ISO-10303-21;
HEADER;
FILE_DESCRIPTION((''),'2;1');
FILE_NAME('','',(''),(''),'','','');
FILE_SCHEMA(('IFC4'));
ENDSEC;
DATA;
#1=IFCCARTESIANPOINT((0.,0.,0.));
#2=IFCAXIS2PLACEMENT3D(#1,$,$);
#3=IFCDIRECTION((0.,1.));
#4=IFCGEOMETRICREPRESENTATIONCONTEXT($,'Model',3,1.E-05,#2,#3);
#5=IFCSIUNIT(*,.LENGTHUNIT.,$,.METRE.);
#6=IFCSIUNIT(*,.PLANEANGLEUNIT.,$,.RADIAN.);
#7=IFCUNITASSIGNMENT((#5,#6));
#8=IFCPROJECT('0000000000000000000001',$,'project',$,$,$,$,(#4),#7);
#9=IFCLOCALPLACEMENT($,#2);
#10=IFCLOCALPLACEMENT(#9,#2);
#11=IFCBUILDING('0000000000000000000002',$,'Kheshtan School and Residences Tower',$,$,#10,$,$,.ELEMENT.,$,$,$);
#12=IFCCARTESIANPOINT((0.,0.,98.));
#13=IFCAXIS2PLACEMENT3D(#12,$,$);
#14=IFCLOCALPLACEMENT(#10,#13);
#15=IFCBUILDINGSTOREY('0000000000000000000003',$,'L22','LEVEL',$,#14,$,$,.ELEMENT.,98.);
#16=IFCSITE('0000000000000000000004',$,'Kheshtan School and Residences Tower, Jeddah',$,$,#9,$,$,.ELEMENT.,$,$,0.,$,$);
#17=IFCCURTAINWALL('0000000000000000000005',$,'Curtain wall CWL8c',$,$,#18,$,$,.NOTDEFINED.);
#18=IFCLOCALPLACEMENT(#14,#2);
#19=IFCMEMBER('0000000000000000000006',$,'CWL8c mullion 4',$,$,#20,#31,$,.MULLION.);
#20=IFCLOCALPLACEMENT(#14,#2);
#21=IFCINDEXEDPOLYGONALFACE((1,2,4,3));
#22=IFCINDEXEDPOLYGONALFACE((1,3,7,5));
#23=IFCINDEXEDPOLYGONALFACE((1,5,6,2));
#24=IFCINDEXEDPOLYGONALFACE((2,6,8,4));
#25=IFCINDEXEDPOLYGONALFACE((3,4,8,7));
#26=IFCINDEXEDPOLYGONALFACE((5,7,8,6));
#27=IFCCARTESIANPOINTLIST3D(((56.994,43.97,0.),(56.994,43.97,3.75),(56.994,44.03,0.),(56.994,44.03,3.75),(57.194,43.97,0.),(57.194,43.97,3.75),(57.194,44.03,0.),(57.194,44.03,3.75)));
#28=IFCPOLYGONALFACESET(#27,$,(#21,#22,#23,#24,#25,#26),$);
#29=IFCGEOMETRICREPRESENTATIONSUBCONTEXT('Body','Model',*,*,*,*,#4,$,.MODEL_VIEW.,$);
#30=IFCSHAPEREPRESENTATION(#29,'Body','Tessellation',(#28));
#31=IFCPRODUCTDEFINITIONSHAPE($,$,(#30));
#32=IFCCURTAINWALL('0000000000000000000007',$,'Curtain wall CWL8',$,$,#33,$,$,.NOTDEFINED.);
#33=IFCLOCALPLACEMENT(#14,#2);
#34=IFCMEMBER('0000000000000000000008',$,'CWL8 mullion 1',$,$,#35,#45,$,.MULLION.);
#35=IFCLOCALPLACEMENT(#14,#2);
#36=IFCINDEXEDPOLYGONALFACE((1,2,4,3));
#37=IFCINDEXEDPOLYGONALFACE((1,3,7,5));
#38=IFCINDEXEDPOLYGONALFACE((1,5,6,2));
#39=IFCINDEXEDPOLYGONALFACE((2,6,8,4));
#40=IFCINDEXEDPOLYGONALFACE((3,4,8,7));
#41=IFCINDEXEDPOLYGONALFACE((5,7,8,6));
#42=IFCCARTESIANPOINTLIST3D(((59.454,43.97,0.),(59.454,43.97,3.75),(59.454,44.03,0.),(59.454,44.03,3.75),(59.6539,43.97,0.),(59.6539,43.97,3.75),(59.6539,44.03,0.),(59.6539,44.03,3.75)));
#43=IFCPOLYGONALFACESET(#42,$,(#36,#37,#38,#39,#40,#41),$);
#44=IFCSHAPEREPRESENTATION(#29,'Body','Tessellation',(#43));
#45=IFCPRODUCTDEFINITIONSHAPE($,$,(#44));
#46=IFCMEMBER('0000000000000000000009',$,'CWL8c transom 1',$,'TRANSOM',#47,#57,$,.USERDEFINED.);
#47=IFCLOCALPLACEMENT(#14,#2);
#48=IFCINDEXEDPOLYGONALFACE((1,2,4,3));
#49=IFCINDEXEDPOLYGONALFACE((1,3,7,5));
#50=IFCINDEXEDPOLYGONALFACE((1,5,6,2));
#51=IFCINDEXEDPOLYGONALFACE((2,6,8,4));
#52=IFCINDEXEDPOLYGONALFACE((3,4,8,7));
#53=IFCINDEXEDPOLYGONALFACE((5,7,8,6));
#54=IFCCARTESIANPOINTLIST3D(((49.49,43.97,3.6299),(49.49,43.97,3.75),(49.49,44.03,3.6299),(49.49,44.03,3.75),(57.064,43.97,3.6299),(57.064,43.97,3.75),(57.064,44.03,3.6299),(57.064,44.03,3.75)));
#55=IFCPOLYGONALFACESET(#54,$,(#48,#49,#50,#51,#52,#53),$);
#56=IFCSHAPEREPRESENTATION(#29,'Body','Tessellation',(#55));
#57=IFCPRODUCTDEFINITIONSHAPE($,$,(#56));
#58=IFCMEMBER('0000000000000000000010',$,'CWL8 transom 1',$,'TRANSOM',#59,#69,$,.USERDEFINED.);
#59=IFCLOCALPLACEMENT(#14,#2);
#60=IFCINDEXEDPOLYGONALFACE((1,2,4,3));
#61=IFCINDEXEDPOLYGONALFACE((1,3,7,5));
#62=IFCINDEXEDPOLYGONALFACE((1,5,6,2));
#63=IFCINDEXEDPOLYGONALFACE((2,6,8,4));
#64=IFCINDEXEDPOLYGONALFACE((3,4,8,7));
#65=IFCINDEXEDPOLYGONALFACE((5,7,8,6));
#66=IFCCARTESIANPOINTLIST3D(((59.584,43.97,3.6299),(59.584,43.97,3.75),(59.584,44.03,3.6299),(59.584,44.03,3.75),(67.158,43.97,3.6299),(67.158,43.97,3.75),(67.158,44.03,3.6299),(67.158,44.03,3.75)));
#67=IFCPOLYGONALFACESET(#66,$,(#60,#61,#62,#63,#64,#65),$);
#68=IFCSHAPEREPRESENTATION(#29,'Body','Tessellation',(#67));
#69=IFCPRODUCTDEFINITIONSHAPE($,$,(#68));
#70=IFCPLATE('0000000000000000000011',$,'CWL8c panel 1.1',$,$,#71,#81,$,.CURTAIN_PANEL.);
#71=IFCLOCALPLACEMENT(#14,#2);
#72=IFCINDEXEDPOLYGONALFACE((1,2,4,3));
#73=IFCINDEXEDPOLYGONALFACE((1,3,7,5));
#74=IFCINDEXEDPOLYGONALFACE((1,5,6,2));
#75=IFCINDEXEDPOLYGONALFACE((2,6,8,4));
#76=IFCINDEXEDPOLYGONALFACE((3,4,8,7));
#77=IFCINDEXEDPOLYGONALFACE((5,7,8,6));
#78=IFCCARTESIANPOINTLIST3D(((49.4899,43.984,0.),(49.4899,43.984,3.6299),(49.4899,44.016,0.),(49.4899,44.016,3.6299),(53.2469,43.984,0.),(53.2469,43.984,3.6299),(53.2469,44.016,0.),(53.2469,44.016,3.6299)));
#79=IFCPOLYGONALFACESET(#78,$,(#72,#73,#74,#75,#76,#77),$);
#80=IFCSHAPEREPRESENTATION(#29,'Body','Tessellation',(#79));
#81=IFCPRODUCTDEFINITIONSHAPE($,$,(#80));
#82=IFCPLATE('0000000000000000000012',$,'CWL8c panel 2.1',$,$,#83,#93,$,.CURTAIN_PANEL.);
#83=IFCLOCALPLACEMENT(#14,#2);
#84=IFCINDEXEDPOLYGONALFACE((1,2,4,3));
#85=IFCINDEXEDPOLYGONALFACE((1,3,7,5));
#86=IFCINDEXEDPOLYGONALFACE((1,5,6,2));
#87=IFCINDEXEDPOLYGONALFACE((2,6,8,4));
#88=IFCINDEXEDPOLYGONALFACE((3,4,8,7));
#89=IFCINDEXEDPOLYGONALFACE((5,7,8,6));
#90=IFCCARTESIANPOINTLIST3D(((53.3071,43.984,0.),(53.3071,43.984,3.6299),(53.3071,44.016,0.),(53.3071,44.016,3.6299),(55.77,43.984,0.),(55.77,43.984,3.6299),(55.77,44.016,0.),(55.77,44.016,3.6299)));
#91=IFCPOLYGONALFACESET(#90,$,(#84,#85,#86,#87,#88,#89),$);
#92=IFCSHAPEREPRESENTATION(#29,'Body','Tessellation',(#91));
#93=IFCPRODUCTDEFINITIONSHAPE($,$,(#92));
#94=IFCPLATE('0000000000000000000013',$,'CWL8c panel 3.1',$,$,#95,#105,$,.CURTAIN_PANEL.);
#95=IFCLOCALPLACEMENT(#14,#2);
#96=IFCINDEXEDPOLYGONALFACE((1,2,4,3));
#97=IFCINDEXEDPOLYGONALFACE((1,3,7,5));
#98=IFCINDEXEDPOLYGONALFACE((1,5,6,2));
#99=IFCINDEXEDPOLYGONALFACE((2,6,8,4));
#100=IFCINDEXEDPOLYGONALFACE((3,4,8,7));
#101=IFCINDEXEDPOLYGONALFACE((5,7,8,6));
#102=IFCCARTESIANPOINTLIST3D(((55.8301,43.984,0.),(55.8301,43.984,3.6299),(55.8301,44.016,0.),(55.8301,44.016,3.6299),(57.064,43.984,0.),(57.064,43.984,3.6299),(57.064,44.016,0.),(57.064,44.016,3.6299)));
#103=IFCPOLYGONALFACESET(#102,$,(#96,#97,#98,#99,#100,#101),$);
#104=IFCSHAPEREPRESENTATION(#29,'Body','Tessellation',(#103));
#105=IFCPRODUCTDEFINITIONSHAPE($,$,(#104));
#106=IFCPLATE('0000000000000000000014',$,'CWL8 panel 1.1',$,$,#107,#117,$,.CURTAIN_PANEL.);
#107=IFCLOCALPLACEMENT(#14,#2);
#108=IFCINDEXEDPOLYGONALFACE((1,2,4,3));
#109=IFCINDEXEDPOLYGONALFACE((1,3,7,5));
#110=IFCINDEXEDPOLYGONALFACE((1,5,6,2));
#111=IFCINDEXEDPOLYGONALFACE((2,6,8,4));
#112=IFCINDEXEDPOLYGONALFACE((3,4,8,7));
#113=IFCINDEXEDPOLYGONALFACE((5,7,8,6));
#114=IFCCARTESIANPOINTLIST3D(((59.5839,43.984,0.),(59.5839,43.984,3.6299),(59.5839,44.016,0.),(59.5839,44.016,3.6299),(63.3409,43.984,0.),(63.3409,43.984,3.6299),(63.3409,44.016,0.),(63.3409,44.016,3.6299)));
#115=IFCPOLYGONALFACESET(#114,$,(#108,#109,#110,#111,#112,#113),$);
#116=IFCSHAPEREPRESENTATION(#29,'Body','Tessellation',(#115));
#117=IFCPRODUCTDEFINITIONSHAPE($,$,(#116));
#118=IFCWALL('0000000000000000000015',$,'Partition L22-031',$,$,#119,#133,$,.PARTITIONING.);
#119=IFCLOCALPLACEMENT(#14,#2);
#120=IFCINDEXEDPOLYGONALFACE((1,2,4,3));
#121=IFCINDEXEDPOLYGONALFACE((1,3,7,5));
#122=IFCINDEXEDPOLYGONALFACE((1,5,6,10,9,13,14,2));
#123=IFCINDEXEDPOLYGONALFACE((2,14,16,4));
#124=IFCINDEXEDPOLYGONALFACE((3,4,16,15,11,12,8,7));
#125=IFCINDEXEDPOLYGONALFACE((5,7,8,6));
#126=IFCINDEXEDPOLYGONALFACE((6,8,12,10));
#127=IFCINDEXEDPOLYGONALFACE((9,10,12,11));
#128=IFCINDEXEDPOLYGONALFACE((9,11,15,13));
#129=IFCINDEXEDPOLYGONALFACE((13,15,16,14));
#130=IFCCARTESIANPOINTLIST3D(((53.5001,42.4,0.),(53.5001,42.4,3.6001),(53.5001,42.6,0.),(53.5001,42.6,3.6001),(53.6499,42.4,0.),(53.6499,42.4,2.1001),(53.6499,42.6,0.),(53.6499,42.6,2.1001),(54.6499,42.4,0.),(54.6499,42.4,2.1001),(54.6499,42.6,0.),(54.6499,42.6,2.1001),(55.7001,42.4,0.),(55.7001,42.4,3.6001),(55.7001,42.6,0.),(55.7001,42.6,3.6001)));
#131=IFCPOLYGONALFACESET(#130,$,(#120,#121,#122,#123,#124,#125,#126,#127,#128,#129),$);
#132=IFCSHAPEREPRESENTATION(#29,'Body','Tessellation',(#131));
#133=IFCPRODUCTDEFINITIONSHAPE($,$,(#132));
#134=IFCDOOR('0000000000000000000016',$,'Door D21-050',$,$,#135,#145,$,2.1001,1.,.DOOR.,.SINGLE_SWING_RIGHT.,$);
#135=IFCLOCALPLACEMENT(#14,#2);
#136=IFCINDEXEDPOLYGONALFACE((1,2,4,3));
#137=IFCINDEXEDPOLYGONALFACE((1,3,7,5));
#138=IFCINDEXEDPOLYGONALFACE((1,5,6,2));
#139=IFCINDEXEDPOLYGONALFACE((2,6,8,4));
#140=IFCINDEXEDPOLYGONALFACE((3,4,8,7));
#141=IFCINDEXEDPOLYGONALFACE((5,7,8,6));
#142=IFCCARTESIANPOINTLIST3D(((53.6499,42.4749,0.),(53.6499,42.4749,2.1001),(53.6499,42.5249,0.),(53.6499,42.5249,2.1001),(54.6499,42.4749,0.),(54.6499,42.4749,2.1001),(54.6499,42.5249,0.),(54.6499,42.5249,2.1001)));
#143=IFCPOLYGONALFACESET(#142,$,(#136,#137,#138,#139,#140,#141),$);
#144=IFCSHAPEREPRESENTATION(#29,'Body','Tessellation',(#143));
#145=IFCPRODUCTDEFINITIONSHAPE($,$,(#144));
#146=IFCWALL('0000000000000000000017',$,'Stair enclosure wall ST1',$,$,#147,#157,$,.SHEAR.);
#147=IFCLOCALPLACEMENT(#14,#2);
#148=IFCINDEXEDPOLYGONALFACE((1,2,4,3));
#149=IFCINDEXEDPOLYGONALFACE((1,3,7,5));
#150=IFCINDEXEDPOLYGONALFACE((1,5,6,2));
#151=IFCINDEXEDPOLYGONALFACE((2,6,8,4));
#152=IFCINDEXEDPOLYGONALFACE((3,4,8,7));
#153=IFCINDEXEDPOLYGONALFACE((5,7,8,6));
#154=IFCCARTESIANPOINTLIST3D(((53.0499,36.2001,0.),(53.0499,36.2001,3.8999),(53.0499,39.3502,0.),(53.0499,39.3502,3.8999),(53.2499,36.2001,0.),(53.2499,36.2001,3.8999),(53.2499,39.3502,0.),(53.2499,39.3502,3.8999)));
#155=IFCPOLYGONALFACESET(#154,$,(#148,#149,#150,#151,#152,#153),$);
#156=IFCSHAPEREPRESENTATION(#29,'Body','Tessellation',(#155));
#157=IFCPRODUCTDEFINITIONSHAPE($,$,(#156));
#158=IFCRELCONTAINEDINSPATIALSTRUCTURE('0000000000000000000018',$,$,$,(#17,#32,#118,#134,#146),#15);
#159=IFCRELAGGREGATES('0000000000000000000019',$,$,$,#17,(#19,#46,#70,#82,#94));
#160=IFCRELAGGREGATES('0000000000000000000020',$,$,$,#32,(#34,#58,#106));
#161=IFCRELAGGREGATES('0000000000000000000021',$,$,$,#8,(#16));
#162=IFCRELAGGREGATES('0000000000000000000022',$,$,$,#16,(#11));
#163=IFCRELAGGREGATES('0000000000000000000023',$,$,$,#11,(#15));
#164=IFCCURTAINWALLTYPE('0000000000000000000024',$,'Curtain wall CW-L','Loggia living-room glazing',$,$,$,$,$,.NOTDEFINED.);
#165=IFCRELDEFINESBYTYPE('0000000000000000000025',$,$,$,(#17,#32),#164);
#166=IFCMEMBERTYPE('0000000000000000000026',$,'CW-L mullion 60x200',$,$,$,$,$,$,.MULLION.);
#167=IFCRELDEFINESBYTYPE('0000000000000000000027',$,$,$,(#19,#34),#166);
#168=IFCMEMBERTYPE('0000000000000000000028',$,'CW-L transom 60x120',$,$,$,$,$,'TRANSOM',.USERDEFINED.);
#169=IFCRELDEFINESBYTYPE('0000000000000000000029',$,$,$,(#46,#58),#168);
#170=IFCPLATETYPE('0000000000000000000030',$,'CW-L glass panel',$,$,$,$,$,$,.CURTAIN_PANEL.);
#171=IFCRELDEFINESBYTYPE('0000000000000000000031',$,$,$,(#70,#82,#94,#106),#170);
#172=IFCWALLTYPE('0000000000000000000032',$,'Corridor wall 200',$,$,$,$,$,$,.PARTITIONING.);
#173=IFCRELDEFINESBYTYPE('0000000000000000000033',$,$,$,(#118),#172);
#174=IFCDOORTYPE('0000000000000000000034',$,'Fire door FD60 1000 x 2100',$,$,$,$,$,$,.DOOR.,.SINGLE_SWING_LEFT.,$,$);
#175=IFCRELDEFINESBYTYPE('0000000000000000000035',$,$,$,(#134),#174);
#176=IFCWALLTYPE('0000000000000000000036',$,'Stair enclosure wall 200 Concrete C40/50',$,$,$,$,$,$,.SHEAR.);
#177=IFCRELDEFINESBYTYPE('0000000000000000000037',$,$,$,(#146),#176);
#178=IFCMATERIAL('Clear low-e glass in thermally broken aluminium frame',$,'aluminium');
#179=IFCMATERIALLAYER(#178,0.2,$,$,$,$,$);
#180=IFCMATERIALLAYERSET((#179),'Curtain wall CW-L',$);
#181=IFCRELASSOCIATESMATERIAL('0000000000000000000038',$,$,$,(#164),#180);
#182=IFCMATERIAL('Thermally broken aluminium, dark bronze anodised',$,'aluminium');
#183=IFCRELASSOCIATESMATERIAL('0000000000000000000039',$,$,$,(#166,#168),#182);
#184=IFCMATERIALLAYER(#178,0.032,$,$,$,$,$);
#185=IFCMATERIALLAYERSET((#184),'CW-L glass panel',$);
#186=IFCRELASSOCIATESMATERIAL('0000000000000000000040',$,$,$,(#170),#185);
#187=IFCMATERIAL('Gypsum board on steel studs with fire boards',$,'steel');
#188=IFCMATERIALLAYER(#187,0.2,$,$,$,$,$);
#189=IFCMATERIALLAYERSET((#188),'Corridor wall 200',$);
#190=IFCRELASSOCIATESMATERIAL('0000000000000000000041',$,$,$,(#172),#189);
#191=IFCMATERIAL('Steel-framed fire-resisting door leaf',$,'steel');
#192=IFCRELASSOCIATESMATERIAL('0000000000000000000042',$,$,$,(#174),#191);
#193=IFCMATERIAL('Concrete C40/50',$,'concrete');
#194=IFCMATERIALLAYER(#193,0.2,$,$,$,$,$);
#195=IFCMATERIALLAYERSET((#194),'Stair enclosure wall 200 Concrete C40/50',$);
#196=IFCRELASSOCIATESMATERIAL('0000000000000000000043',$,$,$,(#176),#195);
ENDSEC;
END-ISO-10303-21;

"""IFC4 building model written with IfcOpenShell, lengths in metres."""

from ifc_helpers import new_model, si_unit, direction, frame, frame_2d, origin, origin_2d, place, context, subcontext, project, spatial, rectangle, extrude, source, transform, mapped, material, layer, layer_set, material_profile, profile_set, type_object, element, fill, aggregate, save


model = new_model("IFC4")

# Units and contexts
model_context = context("Model", 3, precision=1e-05, world=origin(), true_north=direction((0.0, 1.0)))
body_context = subcontext(model_context, "Body", "Model", "MODEL_VIEW")
ifc_project = project(units=[si_unit("LENGTHUNIT", "METRE"), si_unit("PLANEANGLEUNIT", "RADIAN")], contexts=[model_context])

# Site, building, storey
site_placement = place(None, origin())
site = spatial("IfcSite", under=ifc_project, at=site_placement, Name="Kheshtan School and Residences Tower, Jeddah", CompositionType="ELEMENT", RefElevation=0.0)
building_placement = place(site_placement, origin())
building = spatial("IfcBuilding", under=site, at=building_placement, Name="Kheshtan School and Residences Tower", CompositionType="ELEMENT")
storey_placement = place(building_placement, frame((0.0, 0.0, 98.0)))
storey = spatial("IfcBuildingStorey", under=building, at=storey_placement, Name="L22", Description="LEVEL", CompositionType="ELEMENT", Elevation=98.0)

# Curtain wall, member
ifc_material_1 = material(Name="Clear low-e glass in thermally broken aluminium frame", Category="aluminium")
ifc_layer_1 = layer(ifc_material_1, 0.2)
ifc_layer_set_1 = layer_set([ifc_layer_1], Name="Curtain wall CW-L")
curtain_wall_type = type_object("IfcCurtainWallType", Name="Curtain wall CW-L", Description="Loggia living-room glazing", PredefinedType="NOTDEFINED", material=ifc_layer_set_1)
curtain_wall_1_placement = place(storey_placement, origin())
curtain_wall_1 = element("IfcCurtainWall", 1, at=curtain_wall_1_placement, inside=storey, type_object=curtain_wall_type, Name="Curtain wall CWL8c", PredefinedType="NOTDEFINED")
ifc_material_2 = material(Name="Thermally broken aluminium, dark bronze anodised", Category="aluminium")
ifc_material_profile_1 = material_profile(ifc_material_2, rectangle(XDim=0.0601, YDim=0.2, at=origin_2d()), Name="CW-L mullion 60x200")
ifc_profile_set_1 = profile_set([ifc_material_profile_1], Name="Thermally broken aluminium, dark bronze anodised")
member_type_1 = type_object("IfcMemberType", Name="CW-L mullion 60x200", PredefinedType="MULLION", material=ifc_profile_set_1)
member_1_placement = place(storey_placement, frame((57.094, 44.0, 0.0), z_axis=(0.0, 0.0, 1.0), x_axis=(0.0, 1.0, 0.0)))
member_1 = element("IfcMember", 2, at=member_1_placement, type_object=member_type_1, Name="CWL8c mullion 4", PredefinedType="MULLION", context=body_context, shape_type="SweptSolid", body=[
    extrude(rectangle(XDim=0.0601, YDim=0.2, at=origin_2d()), origin(), (0.0, 0.0, 1.0), 3.75),
])

# Curtain wall, member
curtain_wall_2_placement = place(storey_placement, origin())
curtain_wall_2 = element("IfcCurtainWall", 3, at=curtain_wall_2_placement, inside=storey, type_object=curtain_wall_type, Name="Curtain wall CWL8", PredefinedType="NOTDEFINED")
member_2_placement = place(storey_placement, frame((59.554, 44.0, 0.0), z_axis=(0.0, 0.0, 1.0), x_axis=(0.0, 1.0, 0.0)))
member_2 = element("IfcMember", 4, at=member_2_placement, type_object=member_type_1, Name="CWL8 mullion 1", PredefinedType="MULLION", context=body_context, shape_type="SweptSolid", body=[
    extrude(rectangle(XDim=0.0601, YDim=0.2, at=origin_2d()), origin(), (0.0, 0.0, 1.0), 3.75),
])

# Members
ifc_material_profile_2 = material_profile(ifc_material_2, rectangle(XDim=0.0601, YDim=0.1201, at=origin_2d()), Name="CW-L transom 60x120")
ifc_profile_set_2 = profile_set([ifc_material_profile_2], Name="Thermally broken aluminium, dark bronze anodised")
member_type_2 = type_object("IfcMemberType", Name="CW-L transom 60x120", ElementType="TRANSOM", PredefinedType="USERDEFINED", material=ifc_profile_set_2)
member_3_placement = place(storey_placement, frame((49.49, 44.0, 3.6899), z_axis=(1.0, 0.0, 0.0), x_axis=(0.0, 1.0, 0.0)))
member_3 = element("IfcMember", 5, at=member_3_placement, type_object=member_type_2, Name="CWL8c transom 1", ObjectType="TRANSOM", PredefinedType="USERDEFINED", context=body_context, shape_type="SweptSolid", body=[
    extrude(rectangle(XDim=0.0601, YDim=0.1201, at=origin_2d()), origin(), (0.0, 0.0, 1.0), 7.574),
])
member_4_placement = place(storey_placement, frame((59.584, 44.0, 3.6899), z_axis=(1.0, 0.0, 0.0), x_axis=(0.0, 1.0, 0.0)))
member_4 = element("IfcMember", 6, at=member_4_placement, type_object=member_type_2, Name="CWL8 transom 1", ObjectType="TRANSOM", PredefinedType="USERDEFINED", context=body_context, shape_type="SweptSolid", body=[
    extrude(rectangle(XDim=0.0601, YDim=0.1201, at=origin_2d()), origin(), (0.0, 0.0, 1.0), 7.574),
])

# Plates
ifc_layer_2 = layer(ifc_material_1, 0.032)
ifc_layer_set_2 = layer_set([ifc_layer_2], Name="CW-L glass panel")
plate_type = type_object("IfcPlateType", Name="CW-L glass panel", PredefinedType="CURTAIN_PANEL", material=ifc_layer_set_2)
plate_1_placement = place(storey_placement, frame((51.3684, 44.0, 0.0), z_axis=(0.0, 0.0, 1.0), x_axis=(1.0, 0.0, 0.0)))
plate_1 = element("IfcPlate", 7, at=plate_1_placement, type_object=plate_type, Name="CWL8c panel 1.1", PredefinedType="CURTAIN_PANEL", context=body_context, shape_type="SweptSolid", body=[
    extrude(rectangle(XDim=3.7571, YDim=0.032, at=origin_2d()), origin(), (0.0, 0.0, 1.0), 3.6299),
])
plate_2_placement = place(storey_placement, frame((54.5386, 44.0, 0.0), z_axis=(0.0, 0.0, 1.0), x_axis=(1.0, 0.0, 0.0)))
plate_2 = element("IfcPlate", 8, at=plate_2_placement, type_object=plate_type, Name="CWL8c panel 2.1", PredefinedType="CURTAIN_PANEL", context=body_context, shape_type="SweptSolid", body=[
    extrude(rectangle(XDim=2.4629, YDim=0.032, at=origin_2d()), origin(), (0.0, 0.0, 1.0), 3.6299),
])
plate_3_placement = place(storey_placement, frame((56.447, 44.0, 0.0), z_axis=(0.0, 0.0, 1.0), x_axis=(1.0, 0.0, 0.0)))
plate_3 = element("IfcPlate", 9, at=plate_3_placement, type_object=plate_type, Name="CWL8c panel 3.1", PredefinedType="CURTAIN_PANEL", context=body_context, shape_type="SweptSolid", body=[
    extrude(rectangle(XDim=1.2339, YDim=0.032, at=origin_2d()), origin(), (0.0, 0.0, 1.0), 3.6299),
])
aggregate(curtain_wall_1, [member_1, member_3, plate_1, plate_2, plate_3])
plate_4_placement = place(storey_placement, frame((61.4624, 44.0, 0.0), z_axis=(0.0, 0.0, 1.0), x_axis=(1.0, 0.0, 0.0)))
plate_4 = element("IfcPlate", 10, at=plate_4_placement, type_object=plate_type, Name="CWL8 panel 1.1", PredefinedType="CURTAIN_PANEL", context=body_context, shape_type="SweptSolid", body=[
    extrude(rectangle(XDim=3.7571, YDim=0.032, at=origin_2d()), origin(), (0.0, 0.0, 1.0), 3.6299),
])
aggregate(curtain_wall_2, [member_2, member_4, plate_4])

# Wall, opening, door
ifc_material_3 = material(Name="Gypsum board on steel studs with fire boards", Category="steel")
ifc_layer_3 = layer(ifc_material_3, 0.2)
ifc_layer_set_3 = layer_set([ifc_layer_3], Name="Corridor wall 200")
wall_type_1 = type_object("IfcWallType", Name="Corridor wall 200", PredefinedType="PARTITIONING", material=ifc_layer_set_3)
wall_1_placement = place(storey_placement, frame((53.5, 42.5, 0.0), z_axis=(0.0, 0.0, 1.0), x_axis=(1.0, 0.0, 0.0)))
wall_1 = element("IfcWall", 11, at=wall_1_placement, inside=storey, type_object=wall_type_1, Name="Partition L22-031", PredefinedType="PARTITIONING", context=body_context, shape_type="SweptSolid", body=[
    extrude(rectangle(XDim=2.2, YDim=0.2, at=frame_2d((1.1001, 0.0))), origin(), (0.0, 0.0, 1.0), 3.6001),
])
opening_1_placement = place(wall_1_placement, frame((0.1499, 0.0, 0.0)))
opening_1 = element("IfcOpeningElement", 12, at=opening_1_placement, cuts=wall_1, PredefinedType="OPENING", context=body_context, shape_type="SweptSolid", body=[
    extrude(rectangle(XDim=1.0, YDim=2.1001, at=frame_2d((0.5, 1.05))), frame((0.0, 0.1099, 0.0), z_axis=(0.0, -1.0, 0.0), x_axis=(1.0, 0.0, 0.0)), (0.0, 0.0, 1.0), 0.22),
])
ifc_material_4 = material(Name="Steel-framed fire-resisting door leaf", Category="steel")
door_type_1 = type_object("IfcDoorType", Name="Fire door FD60 1000 x 2100", OperationType="SINGLE_SWING_LEFT", PredefinedType="DOOR", material=ifc_material_4)
shared_shape_1 = source(origin(), body_context, "Body", "SweptSolid", [
    extrude(rectangle(XDim=1.0, YDim=2.1001, at=frame_2d((0.5, 1.05))), frame((0.0, 0.0249, 0.0), z_axis=(0.0, -1.0, 0.0), x_axis=(1.0, 0.0, 0.0)), (0.0, 0.0, 1.0), 0.05),
])
door_1_placement = place(opening_1_placement, origin())
door_1 = element("IfcDoor", 13, at=door_1_placement, inside=storey, type_object=door_type_1, Name="Door D21-050", OperationType="SINGLE_SWING_RIGHT", OverallHeight=2.1001, OverallWidth=1.0, PredefinedType="DOOR", context=body_context, shape_type="MappedRepresentation", body=[
    mapped(shared_shape_1, transform((0.0, 0.0, 0.0), x_axis=(1.0, 0.0, 0.0), y_axis=(0.0, 1.0, 0.0), z_axis=(0.0, 0.0, 1.0), scale=1.0)),
])
fill(opening_1, door_1)

# Wall
ifc_material_5 = material(Name="Concrete C40/50", Category="concrete")
ifc_layer_4 = layer(ifc_material_5, 0.2)
ifc_layer_set_4 = layer_set([ifc_layer_4], Name="Stair enclosure wall 200 Concrete C40/50")
wall_type_2 = type_object("IfcWallType", Name="Stair enclosure wall 200 Concrete C40/50", PredefinedType="SHEAR", material=ifc_layer_set_4)
wall_2_placement = place(storey_placement, frame((53.1499, 36.2, 0.0), z_axis=(0.0, 0.0, 1.0), x_axis=(0.0, 1.0, 0.0)))
element("IfcWall", 14, at=wall_2_placement, inside=storey, type_object=wall_type_2, Name="Stair enclosure wall ST1", PredefinedType="SHEAR", context=body_context, shape_type="SweptSolid", body=[
    extrude(rectangle(XDim=3.1501, YDim=0.2, at=frame_2d((1.5752, 0.0))), origin(), (0.0, 0.0, 1.0), 3.8999),
])

save(model, "model.ifc")
